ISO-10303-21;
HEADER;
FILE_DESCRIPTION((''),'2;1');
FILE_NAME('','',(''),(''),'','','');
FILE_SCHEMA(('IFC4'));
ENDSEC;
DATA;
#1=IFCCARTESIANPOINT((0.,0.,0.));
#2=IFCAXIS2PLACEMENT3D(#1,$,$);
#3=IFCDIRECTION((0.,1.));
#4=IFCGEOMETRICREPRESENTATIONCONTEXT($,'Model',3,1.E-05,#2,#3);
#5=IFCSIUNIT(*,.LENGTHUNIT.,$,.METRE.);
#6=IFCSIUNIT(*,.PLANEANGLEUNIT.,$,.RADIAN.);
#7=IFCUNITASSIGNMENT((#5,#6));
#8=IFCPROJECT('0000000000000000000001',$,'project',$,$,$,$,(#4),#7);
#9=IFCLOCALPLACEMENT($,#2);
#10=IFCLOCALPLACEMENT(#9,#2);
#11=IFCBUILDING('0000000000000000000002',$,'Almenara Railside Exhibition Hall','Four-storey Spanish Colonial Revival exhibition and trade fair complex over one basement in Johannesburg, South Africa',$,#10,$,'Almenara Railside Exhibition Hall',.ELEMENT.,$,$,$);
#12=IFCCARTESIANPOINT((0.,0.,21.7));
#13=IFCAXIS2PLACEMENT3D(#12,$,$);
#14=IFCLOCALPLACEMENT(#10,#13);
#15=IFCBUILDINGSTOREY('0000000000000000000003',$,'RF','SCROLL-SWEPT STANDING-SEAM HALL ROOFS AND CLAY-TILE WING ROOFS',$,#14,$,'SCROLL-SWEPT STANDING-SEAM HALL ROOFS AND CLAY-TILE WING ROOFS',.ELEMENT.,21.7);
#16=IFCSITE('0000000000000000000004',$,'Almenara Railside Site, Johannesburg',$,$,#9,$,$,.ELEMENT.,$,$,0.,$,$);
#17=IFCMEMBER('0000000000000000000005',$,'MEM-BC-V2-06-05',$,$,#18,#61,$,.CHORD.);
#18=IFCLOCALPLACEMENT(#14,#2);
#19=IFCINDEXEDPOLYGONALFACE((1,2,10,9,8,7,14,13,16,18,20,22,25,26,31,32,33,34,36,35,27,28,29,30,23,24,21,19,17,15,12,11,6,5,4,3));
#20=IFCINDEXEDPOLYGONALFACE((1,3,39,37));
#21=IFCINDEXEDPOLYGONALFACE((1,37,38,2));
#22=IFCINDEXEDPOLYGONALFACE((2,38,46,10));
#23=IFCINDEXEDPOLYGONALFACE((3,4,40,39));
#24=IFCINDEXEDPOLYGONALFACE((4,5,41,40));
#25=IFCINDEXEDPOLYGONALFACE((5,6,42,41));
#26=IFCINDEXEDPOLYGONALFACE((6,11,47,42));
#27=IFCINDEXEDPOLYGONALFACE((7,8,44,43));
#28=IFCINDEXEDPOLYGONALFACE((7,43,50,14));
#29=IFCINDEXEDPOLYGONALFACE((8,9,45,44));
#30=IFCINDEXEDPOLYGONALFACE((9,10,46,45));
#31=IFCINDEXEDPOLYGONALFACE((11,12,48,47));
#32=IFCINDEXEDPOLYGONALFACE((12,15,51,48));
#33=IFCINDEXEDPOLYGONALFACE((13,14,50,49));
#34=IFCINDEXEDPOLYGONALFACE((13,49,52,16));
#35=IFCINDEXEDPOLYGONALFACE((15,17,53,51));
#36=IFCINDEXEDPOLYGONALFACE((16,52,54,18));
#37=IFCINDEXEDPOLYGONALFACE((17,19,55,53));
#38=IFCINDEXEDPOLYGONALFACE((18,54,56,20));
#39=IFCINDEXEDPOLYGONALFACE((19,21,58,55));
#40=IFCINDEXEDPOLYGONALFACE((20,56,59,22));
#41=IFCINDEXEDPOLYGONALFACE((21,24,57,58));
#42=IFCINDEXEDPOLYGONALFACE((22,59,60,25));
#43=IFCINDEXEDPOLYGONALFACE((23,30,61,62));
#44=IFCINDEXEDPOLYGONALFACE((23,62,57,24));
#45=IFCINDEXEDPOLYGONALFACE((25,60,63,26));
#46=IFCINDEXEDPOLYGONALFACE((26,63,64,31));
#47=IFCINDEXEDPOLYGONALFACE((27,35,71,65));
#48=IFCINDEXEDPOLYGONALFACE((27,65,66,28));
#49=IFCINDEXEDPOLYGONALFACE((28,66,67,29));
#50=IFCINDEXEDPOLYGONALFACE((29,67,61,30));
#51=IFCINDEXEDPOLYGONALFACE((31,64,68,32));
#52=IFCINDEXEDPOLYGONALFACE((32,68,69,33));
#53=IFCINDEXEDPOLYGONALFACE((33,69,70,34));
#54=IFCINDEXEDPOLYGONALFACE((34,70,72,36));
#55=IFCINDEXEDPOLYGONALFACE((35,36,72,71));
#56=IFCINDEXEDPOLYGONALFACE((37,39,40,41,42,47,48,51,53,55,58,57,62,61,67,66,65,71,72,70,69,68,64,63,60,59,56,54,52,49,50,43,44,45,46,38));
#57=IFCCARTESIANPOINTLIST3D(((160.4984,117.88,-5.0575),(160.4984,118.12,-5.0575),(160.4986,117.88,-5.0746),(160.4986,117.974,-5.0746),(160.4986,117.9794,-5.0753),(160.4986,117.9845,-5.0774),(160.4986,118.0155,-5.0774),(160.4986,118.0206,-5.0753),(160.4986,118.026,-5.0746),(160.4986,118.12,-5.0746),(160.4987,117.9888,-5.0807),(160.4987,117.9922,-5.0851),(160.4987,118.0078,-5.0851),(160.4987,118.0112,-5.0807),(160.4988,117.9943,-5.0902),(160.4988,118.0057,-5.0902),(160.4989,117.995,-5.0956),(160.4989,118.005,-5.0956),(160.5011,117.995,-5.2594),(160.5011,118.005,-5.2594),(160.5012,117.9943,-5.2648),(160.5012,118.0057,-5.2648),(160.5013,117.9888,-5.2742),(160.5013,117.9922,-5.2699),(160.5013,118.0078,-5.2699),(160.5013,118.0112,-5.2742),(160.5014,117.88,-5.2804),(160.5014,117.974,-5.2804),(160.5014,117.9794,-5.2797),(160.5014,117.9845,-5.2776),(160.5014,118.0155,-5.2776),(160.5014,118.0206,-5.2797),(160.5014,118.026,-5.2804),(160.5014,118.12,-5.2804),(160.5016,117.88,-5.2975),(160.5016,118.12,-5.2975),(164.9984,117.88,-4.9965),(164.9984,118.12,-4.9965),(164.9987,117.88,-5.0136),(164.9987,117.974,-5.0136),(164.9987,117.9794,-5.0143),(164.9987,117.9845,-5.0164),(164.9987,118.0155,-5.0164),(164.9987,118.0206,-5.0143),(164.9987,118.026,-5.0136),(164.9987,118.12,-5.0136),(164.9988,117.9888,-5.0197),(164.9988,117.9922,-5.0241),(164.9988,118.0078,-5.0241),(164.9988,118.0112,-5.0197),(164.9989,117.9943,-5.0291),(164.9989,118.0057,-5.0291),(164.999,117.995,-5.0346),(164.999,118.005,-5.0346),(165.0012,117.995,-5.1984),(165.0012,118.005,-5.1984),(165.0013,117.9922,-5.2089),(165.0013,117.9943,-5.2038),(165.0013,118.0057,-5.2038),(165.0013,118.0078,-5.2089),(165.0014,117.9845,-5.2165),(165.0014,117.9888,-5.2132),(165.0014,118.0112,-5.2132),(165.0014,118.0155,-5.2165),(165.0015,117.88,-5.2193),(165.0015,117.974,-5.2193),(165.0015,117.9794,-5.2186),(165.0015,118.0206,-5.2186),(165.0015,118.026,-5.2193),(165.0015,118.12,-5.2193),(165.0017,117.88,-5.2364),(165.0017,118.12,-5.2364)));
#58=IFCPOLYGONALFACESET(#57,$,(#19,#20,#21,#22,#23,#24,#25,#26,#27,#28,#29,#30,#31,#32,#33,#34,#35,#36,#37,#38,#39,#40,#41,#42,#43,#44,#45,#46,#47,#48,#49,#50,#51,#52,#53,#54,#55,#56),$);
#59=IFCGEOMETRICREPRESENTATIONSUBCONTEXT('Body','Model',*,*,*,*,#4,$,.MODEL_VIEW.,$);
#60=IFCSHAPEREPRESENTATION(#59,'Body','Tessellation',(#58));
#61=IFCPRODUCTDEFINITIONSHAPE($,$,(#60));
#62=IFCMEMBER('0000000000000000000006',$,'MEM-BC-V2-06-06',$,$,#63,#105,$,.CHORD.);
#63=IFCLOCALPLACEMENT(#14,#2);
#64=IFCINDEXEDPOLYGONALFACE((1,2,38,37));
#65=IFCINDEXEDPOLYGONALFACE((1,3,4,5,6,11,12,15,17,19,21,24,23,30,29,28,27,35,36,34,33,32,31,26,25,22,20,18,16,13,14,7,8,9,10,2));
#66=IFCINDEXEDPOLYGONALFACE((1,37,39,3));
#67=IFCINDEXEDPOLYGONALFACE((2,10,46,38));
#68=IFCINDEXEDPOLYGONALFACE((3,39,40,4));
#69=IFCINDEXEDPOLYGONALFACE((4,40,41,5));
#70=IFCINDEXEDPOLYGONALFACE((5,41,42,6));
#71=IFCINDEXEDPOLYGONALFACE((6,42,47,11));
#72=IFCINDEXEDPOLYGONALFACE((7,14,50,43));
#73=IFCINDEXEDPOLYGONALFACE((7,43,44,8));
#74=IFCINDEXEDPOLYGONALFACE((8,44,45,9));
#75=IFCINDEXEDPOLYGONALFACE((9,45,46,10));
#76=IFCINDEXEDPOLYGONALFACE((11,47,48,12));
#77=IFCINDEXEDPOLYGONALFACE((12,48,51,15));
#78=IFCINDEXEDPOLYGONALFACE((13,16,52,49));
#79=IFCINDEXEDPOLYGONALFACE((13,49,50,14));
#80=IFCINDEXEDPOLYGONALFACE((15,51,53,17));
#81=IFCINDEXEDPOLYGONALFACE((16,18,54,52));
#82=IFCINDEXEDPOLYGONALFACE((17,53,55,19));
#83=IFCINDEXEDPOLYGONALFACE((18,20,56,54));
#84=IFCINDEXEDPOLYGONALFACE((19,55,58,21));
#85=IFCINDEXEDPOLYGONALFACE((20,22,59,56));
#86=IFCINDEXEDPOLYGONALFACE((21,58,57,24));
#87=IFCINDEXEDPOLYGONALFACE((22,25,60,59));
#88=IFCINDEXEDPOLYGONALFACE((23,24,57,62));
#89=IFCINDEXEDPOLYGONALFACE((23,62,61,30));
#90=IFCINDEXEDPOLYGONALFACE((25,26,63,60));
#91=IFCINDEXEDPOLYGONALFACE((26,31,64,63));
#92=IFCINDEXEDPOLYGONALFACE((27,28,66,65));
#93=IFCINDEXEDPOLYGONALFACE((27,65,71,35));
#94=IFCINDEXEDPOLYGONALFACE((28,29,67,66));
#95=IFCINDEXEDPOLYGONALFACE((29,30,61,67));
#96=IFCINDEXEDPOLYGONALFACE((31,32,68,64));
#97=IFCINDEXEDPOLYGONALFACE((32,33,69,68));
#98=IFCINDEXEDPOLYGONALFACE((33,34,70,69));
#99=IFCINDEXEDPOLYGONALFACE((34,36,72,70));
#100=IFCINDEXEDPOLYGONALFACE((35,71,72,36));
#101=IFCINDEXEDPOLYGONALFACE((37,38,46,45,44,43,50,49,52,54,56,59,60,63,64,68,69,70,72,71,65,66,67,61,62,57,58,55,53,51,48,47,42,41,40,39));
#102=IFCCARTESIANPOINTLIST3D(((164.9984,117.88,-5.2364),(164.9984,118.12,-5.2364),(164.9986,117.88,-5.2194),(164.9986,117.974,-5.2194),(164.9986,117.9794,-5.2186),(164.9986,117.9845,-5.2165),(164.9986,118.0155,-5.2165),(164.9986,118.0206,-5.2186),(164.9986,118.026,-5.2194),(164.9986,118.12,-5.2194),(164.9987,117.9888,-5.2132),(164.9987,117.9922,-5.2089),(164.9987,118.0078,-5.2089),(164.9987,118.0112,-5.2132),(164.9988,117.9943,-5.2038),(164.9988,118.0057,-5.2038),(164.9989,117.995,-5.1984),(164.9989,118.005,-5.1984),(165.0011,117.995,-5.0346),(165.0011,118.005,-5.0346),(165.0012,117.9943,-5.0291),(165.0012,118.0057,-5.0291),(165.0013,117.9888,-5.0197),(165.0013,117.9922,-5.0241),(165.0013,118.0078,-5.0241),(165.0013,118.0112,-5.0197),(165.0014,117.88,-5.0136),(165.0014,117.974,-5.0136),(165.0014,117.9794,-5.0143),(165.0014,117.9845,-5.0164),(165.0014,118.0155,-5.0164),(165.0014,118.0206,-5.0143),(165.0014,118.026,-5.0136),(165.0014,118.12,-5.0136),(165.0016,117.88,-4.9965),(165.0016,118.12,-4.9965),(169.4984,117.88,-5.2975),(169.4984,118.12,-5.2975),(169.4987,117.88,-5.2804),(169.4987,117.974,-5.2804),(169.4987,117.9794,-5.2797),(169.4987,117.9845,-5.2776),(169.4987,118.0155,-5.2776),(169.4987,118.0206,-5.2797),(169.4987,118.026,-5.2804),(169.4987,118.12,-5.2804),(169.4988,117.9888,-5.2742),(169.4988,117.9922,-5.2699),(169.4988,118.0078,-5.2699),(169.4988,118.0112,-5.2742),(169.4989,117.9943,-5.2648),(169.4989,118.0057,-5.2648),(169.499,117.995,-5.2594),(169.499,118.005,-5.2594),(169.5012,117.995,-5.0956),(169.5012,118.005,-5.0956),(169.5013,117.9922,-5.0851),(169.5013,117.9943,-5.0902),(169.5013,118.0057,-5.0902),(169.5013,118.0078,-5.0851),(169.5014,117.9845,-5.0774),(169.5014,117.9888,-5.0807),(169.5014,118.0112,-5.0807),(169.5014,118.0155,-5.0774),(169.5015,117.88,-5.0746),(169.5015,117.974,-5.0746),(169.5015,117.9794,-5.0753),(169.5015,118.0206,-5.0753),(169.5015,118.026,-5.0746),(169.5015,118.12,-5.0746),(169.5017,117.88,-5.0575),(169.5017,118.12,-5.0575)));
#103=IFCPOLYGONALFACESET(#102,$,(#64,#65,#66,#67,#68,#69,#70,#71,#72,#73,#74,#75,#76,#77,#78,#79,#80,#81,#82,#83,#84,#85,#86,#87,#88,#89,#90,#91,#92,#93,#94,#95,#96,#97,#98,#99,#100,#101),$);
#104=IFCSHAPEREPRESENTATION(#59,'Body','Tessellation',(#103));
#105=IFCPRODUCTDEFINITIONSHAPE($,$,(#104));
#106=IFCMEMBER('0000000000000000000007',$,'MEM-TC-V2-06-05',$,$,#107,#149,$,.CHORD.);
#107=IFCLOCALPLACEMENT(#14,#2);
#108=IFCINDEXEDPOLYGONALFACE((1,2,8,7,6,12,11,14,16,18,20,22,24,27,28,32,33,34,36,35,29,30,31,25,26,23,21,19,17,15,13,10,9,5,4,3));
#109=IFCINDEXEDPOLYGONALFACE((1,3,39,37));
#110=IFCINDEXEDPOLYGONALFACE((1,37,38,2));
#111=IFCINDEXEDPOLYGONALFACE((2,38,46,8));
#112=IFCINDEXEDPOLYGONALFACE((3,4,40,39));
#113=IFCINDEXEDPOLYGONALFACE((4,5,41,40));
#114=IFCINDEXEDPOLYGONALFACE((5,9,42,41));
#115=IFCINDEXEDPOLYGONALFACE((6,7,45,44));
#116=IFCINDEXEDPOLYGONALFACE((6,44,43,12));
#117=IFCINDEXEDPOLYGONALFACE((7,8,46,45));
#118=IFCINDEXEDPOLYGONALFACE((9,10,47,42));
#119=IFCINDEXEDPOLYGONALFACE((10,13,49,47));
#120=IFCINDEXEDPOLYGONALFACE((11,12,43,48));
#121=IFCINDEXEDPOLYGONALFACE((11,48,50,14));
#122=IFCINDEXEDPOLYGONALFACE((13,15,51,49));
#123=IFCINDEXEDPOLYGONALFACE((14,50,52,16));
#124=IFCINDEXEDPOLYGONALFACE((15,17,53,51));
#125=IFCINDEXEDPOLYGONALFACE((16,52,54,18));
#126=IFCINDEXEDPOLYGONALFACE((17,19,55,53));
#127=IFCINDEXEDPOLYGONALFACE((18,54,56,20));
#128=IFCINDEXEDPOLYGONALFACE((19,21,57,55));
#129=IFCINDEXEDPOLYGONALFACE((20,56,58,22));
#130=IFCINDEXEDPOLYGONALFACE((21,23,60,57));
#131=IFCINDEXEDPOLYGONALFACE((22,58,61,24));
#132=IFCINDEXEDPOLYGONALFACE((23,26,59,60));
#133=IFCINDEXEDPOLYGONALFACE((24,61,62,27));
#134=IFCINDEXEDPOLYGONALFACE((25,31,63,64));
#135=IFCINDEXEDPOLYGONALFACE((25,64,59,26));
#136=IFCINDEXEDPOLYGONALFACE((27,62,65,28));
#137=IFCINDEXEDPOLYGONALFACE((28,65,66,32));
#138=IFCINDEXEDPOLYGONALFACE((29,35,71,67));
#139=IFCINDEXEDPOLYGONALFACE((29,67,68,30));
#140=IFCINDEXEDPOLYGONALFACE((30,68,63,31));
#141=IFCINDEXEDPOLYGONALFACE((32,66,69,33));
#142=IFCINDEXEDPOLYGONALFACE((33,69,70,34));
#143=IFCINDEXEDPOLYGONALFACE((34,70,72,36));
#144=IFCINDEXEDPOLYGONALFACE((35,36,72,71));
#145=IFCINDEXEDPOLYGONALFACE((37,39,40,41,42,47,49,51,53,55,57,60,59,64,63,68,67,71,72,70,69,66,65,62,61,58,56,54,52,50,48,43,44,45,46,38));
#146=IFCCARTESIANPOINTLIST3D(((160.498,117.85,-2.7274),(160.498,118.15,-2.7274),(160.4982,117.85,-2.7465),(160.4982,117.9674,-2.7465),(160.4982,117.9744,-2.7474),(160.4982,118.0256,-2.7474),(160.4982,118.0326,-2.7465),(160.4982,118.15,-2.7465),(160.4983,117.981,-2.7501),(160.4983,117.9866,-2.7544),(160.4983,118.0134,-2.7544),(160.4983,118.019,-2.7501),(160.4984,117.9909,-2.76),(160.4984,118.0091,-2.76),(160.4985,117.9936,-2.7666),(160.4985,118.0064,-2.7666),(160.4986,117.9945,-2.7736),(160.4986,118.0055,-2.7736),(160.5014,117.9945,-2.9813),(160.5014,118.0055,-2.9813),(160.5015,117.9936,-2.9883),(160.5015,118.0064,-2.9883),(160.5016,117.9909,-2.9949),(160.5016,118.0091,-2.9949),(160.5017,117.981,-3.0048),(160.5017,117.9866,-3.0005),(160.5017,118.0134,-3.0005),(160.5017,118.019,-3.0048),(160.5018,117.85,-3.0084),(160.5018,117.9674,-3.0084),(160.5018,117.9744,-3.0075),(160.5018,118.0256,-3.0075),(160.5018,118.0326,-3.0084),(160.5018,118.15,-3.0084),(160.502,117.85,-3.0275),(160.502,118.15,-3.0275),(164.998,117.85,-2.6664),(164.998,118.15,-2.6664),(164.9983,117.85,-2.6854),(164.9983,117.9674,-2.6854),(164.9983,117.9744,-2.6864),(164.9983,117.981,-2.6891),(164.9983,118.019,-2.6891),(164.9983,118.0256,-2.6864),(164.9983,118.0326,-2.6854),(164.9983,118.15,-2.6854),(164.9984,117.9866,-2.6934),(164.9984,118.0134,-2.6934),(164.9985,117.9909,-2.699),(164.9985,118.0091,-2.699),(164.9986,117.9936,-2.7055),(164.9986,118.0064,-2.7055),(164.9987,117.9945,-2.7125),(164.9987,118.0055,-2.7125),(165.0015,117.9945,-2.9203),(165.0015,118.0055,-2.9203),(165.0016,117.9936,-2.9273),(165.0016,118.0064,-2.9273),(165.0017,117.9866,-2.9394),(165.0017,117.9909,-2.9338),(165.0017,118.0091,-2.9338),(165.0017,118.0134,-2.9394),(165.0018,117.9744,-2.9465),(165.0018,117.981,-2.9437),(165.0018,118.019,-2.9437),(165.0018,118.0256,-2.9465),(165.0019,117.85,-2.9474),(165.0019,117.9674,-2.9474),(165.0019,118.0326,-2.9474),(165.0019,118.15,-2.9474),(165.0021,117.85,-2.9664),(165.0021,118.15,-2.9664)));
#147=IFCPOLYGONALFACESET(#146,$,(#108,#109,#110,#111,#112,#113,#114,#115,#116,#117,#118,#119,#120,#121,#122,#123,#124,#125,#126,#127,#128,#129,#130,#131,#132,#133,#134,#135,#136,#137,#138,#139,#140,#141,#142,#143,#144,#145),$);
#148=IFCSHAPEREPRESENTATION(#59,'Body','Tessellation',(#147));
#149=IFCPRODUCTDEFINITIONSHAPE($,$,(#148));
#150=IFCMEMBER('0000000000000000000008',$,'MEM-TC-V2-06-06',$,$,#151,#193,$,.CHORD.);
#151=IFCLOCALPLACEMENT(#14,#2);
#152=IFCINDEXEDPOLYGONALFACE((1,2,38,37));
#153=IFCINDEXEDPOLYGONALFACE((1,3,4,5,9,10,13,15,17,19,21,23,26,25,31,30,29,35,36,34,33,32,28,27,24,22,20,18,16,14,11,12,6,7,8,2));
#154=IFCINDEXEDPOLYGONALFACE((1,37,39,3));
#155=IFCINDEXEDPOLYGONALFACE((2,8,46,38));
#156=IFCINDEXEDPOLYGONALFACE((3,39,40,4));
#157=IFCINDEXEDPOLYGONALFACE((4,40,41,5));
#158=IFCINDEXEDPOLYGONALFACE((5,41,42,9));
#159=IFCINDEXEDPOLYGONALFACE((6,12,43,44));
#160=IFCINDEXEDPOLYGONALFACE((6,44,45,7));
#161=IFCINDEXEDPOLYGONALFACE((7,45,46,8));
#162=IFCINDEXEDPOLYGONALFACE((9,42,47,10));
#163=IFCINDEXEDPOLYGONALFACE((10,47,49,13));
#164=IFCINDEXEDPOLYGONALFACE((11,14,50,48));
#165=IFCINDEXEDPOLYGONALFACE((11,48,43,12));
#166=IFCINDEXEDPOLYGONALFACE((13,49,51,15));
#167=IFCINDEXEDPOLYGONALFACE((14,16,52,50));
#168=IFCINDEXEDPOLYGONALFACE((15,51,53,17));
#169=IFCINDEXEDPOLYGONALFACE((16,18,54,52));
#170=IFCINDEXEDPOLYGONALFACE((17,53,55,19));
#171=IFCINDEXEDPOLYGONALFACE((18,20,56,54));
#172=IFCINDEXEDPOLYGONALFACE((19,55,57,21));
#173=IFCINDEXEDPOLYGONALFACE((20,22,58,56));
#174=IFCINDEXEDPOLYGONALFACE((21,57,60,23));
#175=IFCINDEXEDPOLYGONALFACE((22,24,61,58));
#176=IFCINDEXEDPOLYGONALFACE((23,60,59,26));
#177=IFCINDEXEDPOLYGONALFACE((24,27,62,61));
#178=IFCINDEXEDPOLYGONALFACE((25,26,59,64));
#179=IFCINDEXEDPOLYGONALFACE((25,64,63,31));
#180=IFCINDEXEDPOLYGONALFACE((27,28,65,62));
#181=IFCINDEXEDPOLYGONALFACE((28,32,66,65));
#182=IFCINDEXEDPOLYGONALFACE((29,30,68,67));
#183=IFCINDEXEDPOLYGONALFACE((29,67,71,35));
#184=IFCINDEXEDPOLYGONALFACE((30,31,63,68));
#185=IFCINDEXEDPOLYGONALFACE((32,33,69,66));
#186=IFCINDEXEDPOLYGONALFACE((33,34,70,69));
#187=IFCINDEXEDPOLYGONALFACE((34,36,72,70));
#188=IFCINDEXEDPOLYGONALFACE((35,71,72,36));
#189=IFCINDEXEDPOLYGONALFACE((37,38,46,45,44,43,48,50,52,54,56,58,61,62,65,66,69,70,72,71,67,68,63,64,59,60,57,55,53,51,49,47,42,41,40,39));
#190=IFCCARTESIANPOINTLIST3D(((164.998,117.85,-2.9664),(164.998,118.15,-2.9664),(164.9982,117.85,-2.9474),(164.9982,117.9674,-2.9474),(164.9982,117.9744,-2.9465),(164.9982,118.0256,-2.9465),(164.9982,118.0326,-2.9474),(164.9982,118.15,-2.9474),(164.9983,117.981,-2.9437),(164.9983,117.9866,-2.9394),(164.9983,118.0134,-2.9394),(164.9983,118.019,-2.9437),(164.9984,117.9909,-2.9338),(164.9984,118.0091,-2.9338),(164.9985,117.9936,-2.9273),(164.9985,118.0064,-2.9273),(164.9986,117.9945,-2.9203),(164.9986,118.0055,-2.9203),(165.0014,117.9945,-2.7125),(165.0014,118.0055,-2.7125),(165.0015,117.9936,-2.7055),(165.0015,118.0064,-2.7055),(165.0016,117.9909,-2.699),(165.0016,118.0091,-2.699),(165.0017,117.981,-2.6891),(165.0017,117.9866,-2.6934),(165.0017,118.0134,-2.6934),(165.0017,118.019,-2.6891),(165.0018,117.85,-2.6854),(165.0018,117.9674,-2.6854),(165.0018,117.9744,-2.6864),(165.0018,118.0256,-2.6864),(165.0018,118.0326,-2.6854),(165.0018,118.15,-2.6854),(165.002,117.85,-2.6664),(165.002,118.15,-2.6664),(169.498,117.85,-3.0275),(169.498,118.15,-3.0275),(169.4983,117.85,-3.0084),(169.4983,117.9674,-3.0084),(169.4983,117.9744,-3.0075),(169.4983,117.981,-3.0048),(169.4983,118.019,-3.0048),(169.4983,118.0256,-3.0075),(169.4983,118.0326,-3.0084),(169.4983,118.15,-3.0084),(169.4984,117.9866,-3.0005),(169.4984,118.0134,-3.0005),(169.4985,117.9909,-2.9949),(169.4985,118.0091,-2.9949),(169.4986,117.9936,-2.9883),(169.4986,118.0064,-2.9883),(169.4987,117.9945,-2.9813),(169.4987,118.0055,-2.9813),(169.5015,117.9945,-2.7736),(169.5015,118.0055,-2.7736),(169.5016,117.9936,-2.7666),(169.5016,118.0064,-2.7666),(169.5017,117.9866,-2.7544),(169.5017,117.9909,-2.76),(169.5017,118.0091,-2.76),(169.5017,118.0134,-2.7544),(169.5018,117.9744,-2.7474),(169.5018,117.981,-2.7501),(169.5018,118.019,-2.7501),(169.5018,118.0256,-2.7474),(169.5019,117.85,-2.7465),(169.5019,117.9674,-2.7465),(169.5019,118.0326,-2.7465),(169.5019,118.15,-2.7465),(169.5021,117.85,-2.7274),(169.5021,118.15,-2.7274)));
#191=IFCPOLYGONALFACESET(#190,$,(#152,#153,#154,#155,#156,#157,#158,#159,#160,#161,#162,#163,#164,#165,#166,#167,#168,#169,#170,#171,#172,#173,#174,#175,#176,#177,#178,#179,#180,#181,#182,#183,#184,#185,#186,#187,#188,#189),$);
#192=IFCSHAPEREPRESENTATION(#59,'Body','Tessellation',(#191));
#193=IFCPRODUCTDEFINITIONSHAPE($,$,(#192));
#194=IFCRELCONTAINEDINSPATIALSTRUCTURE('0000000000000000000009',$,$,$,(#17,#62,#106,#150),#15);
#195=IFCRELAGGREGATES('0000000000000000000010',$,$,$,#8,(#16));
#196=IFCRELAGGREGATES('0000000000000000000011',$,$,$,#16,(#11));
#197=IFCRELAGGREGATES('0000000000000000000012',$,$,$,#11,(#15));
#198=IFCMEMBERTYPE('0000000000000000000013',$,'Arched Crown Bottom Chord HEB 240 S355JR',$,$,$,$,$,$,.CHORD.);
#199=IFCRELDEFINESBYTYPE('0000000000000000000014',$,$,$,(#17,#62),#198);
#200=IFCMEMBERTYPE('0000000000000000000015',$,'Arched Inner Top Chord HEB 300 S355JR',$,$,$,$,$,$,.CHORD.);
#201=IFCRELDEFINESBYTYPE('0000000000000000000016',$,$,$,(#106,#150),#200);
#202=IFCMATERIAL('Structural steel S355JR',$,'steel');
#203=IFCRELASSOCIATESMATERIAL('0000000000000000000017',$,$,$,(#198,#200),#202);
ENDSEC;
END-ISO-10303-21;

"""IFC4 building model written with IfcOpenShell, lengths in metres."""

from ifc_helpers import new_model, si_unit, direction, frame, origin, origin_2d, place, context, subcontext, project, spatial, i_section, extrude, material, material_profile, profile_set, type_object, element, save


model = new_model("IFC4")

# Units and contexts
model_context = context("Model", 3, precision=1e-05, world=origin(), true_north=direction((0.0, 1.0)))
body_context = subcontext(model_context, "Body", "Model", "MODEL_VIEW")
ifc_project = project(units=[si_unit("LENGTHUNIT", "METRE"), si_unit("PLANEANGLEUNIT", "RADIAN")], contexts=[model_context])

# Site, building, storey
site_placement = place(None, origin())
site = spatial("IfcSite", under=ifc_project, at=site_placement, Name="Almenara Railside Site, Johannesburg", CompositionType="ELEMENT", RefElevation=0.0)
building_placement = place(site_placement, origin())
building = spatial("IfcBuilding", under=site, at=building_placement, Name="Almenara Railside Exhibition Hall", Description="Four-storey Spanish Colonial Revival exhibition and trade fair complex over one basement in Johannesburg, South Africa", LongName="Almenara Railside Exhibition Hall", CompositionType="ELEMENT")
storey_placement = place(building_placement, frame((0.0, 0.0, 21.7)))
storey = spatial("IfcBuildingStorey", under=building, at=storey_placement, Name="RF", Description="SCROLL-SWEPT STANDING-SEAM HALL ROOFS AND CLAY-TILE WING ROOFS", LongName="SCROLL-SWEPT STANDING-SEAM HALL ROOFS AND CLAY-TILE WING ROOFS", CompositionType="ELEMENT", Elevation=21.7)

# Members
ifc_material_1 = material(Name="Structural steel S355JR", Category="steel")
ifc_material_profile_1 = material_profile(ifc_material_1, i_section(OverallWidth=0.24, OverallDepth=0.24, WebThickness=0.01, FlangeThickness=0.0171, FilletRadius=0.021, at=origin_2d()), Name="HEB 240")
ifc_profile_set_1 = profile_set([ifc_material_profile_1], Name="Structural steel S355JR")
member_type_1 = type_object("IfcMemberType", Name="Arched Crown Bottom Chord HEB 240 S355JR", PredefinedType="CHORD", material=ifc_profile_set_1)
for number, where, z_axis, x_axis, name in (
    (1, (160.5, 118.0, -5.1775), (0.999908, 0.0, 0.013562), (0.0, 1.0, 0.0), "MEM-BC-V2-06-05"),
    (2, (165.0, 118.0, -5.1165), (0.999908, 0.0, -0.013562), (0.0, 1.0, 0.0), "MEM-BC-V2-06-06"),
):
    element("IfcMember", number, at=place(storey_placement, frame(where, z_axis=z_axis, x_axis=x_axis)), inside=storey, type_object=member_type_1, Name=name, PredefinedType="CHORD", context=body_context, shape_type="SweptSolid", body=[
        extrude(i_section(OverallWidth=0.24, OverallDepth=0.24, WebThickness=0.01, FlangeThickness=0.0171, FilletRadius=0.021, at=origin_2d()), origin(), (0.0, 0.0, 1.0), 4.5005),
    ])
ifc_material_profile_2 = material_profile(ifc_material_1, i_section(OverallWidth=0.3, OverallDepth=0.3, WebThickness=0.011, FlangeThickness=0.019, FilletRadius=0.0271, at=origin_2d()), Name="HEB 300")
ifc_profile_set_2 = profile_set([ifc_material_profile_2], Name="Structural steel S355JR")
member_type_2 = type_object("IfcMemberType", Name="Arched Inner Top Chord HEB 300 S355JR", PredefinedType="CHORD", material=ifc_profile_set_2)
for number, where, z_axis, x_axis, name in (
    (3, (160.5, 118.0, -2.8774), (0.999908, 0.0, 0.013562), (0.0, 1.0, 0.0), "MEM-TC-V2-06-05"),
    (4, (165.0, 118.0, -2.8164), (0.999908, 0.0, -0.013562), (0.0, 1.0, 0.0), "MEM-TC-V2-06-06"),
):
    element("IfcMember", number, at=place(storey_placement, frame(where, z_axis=z_axis, x_axis=x_axis)), inside=storey, type_object=member_type_2, Name=name, PredefinedType="CHORD", context=body_context, shape_type="SweptSolid", body=[
        extrude(i_section(OverallWidth=0.3, OverallDepth=0.3, WebThickness=0.011, FlangeThickness=0.019, FilletRadius=0.0271, at=origin_2d()), origin(), (0.0, 0.0, 1.0), 4.5005),
    ])

save(model, "model.ifc")
